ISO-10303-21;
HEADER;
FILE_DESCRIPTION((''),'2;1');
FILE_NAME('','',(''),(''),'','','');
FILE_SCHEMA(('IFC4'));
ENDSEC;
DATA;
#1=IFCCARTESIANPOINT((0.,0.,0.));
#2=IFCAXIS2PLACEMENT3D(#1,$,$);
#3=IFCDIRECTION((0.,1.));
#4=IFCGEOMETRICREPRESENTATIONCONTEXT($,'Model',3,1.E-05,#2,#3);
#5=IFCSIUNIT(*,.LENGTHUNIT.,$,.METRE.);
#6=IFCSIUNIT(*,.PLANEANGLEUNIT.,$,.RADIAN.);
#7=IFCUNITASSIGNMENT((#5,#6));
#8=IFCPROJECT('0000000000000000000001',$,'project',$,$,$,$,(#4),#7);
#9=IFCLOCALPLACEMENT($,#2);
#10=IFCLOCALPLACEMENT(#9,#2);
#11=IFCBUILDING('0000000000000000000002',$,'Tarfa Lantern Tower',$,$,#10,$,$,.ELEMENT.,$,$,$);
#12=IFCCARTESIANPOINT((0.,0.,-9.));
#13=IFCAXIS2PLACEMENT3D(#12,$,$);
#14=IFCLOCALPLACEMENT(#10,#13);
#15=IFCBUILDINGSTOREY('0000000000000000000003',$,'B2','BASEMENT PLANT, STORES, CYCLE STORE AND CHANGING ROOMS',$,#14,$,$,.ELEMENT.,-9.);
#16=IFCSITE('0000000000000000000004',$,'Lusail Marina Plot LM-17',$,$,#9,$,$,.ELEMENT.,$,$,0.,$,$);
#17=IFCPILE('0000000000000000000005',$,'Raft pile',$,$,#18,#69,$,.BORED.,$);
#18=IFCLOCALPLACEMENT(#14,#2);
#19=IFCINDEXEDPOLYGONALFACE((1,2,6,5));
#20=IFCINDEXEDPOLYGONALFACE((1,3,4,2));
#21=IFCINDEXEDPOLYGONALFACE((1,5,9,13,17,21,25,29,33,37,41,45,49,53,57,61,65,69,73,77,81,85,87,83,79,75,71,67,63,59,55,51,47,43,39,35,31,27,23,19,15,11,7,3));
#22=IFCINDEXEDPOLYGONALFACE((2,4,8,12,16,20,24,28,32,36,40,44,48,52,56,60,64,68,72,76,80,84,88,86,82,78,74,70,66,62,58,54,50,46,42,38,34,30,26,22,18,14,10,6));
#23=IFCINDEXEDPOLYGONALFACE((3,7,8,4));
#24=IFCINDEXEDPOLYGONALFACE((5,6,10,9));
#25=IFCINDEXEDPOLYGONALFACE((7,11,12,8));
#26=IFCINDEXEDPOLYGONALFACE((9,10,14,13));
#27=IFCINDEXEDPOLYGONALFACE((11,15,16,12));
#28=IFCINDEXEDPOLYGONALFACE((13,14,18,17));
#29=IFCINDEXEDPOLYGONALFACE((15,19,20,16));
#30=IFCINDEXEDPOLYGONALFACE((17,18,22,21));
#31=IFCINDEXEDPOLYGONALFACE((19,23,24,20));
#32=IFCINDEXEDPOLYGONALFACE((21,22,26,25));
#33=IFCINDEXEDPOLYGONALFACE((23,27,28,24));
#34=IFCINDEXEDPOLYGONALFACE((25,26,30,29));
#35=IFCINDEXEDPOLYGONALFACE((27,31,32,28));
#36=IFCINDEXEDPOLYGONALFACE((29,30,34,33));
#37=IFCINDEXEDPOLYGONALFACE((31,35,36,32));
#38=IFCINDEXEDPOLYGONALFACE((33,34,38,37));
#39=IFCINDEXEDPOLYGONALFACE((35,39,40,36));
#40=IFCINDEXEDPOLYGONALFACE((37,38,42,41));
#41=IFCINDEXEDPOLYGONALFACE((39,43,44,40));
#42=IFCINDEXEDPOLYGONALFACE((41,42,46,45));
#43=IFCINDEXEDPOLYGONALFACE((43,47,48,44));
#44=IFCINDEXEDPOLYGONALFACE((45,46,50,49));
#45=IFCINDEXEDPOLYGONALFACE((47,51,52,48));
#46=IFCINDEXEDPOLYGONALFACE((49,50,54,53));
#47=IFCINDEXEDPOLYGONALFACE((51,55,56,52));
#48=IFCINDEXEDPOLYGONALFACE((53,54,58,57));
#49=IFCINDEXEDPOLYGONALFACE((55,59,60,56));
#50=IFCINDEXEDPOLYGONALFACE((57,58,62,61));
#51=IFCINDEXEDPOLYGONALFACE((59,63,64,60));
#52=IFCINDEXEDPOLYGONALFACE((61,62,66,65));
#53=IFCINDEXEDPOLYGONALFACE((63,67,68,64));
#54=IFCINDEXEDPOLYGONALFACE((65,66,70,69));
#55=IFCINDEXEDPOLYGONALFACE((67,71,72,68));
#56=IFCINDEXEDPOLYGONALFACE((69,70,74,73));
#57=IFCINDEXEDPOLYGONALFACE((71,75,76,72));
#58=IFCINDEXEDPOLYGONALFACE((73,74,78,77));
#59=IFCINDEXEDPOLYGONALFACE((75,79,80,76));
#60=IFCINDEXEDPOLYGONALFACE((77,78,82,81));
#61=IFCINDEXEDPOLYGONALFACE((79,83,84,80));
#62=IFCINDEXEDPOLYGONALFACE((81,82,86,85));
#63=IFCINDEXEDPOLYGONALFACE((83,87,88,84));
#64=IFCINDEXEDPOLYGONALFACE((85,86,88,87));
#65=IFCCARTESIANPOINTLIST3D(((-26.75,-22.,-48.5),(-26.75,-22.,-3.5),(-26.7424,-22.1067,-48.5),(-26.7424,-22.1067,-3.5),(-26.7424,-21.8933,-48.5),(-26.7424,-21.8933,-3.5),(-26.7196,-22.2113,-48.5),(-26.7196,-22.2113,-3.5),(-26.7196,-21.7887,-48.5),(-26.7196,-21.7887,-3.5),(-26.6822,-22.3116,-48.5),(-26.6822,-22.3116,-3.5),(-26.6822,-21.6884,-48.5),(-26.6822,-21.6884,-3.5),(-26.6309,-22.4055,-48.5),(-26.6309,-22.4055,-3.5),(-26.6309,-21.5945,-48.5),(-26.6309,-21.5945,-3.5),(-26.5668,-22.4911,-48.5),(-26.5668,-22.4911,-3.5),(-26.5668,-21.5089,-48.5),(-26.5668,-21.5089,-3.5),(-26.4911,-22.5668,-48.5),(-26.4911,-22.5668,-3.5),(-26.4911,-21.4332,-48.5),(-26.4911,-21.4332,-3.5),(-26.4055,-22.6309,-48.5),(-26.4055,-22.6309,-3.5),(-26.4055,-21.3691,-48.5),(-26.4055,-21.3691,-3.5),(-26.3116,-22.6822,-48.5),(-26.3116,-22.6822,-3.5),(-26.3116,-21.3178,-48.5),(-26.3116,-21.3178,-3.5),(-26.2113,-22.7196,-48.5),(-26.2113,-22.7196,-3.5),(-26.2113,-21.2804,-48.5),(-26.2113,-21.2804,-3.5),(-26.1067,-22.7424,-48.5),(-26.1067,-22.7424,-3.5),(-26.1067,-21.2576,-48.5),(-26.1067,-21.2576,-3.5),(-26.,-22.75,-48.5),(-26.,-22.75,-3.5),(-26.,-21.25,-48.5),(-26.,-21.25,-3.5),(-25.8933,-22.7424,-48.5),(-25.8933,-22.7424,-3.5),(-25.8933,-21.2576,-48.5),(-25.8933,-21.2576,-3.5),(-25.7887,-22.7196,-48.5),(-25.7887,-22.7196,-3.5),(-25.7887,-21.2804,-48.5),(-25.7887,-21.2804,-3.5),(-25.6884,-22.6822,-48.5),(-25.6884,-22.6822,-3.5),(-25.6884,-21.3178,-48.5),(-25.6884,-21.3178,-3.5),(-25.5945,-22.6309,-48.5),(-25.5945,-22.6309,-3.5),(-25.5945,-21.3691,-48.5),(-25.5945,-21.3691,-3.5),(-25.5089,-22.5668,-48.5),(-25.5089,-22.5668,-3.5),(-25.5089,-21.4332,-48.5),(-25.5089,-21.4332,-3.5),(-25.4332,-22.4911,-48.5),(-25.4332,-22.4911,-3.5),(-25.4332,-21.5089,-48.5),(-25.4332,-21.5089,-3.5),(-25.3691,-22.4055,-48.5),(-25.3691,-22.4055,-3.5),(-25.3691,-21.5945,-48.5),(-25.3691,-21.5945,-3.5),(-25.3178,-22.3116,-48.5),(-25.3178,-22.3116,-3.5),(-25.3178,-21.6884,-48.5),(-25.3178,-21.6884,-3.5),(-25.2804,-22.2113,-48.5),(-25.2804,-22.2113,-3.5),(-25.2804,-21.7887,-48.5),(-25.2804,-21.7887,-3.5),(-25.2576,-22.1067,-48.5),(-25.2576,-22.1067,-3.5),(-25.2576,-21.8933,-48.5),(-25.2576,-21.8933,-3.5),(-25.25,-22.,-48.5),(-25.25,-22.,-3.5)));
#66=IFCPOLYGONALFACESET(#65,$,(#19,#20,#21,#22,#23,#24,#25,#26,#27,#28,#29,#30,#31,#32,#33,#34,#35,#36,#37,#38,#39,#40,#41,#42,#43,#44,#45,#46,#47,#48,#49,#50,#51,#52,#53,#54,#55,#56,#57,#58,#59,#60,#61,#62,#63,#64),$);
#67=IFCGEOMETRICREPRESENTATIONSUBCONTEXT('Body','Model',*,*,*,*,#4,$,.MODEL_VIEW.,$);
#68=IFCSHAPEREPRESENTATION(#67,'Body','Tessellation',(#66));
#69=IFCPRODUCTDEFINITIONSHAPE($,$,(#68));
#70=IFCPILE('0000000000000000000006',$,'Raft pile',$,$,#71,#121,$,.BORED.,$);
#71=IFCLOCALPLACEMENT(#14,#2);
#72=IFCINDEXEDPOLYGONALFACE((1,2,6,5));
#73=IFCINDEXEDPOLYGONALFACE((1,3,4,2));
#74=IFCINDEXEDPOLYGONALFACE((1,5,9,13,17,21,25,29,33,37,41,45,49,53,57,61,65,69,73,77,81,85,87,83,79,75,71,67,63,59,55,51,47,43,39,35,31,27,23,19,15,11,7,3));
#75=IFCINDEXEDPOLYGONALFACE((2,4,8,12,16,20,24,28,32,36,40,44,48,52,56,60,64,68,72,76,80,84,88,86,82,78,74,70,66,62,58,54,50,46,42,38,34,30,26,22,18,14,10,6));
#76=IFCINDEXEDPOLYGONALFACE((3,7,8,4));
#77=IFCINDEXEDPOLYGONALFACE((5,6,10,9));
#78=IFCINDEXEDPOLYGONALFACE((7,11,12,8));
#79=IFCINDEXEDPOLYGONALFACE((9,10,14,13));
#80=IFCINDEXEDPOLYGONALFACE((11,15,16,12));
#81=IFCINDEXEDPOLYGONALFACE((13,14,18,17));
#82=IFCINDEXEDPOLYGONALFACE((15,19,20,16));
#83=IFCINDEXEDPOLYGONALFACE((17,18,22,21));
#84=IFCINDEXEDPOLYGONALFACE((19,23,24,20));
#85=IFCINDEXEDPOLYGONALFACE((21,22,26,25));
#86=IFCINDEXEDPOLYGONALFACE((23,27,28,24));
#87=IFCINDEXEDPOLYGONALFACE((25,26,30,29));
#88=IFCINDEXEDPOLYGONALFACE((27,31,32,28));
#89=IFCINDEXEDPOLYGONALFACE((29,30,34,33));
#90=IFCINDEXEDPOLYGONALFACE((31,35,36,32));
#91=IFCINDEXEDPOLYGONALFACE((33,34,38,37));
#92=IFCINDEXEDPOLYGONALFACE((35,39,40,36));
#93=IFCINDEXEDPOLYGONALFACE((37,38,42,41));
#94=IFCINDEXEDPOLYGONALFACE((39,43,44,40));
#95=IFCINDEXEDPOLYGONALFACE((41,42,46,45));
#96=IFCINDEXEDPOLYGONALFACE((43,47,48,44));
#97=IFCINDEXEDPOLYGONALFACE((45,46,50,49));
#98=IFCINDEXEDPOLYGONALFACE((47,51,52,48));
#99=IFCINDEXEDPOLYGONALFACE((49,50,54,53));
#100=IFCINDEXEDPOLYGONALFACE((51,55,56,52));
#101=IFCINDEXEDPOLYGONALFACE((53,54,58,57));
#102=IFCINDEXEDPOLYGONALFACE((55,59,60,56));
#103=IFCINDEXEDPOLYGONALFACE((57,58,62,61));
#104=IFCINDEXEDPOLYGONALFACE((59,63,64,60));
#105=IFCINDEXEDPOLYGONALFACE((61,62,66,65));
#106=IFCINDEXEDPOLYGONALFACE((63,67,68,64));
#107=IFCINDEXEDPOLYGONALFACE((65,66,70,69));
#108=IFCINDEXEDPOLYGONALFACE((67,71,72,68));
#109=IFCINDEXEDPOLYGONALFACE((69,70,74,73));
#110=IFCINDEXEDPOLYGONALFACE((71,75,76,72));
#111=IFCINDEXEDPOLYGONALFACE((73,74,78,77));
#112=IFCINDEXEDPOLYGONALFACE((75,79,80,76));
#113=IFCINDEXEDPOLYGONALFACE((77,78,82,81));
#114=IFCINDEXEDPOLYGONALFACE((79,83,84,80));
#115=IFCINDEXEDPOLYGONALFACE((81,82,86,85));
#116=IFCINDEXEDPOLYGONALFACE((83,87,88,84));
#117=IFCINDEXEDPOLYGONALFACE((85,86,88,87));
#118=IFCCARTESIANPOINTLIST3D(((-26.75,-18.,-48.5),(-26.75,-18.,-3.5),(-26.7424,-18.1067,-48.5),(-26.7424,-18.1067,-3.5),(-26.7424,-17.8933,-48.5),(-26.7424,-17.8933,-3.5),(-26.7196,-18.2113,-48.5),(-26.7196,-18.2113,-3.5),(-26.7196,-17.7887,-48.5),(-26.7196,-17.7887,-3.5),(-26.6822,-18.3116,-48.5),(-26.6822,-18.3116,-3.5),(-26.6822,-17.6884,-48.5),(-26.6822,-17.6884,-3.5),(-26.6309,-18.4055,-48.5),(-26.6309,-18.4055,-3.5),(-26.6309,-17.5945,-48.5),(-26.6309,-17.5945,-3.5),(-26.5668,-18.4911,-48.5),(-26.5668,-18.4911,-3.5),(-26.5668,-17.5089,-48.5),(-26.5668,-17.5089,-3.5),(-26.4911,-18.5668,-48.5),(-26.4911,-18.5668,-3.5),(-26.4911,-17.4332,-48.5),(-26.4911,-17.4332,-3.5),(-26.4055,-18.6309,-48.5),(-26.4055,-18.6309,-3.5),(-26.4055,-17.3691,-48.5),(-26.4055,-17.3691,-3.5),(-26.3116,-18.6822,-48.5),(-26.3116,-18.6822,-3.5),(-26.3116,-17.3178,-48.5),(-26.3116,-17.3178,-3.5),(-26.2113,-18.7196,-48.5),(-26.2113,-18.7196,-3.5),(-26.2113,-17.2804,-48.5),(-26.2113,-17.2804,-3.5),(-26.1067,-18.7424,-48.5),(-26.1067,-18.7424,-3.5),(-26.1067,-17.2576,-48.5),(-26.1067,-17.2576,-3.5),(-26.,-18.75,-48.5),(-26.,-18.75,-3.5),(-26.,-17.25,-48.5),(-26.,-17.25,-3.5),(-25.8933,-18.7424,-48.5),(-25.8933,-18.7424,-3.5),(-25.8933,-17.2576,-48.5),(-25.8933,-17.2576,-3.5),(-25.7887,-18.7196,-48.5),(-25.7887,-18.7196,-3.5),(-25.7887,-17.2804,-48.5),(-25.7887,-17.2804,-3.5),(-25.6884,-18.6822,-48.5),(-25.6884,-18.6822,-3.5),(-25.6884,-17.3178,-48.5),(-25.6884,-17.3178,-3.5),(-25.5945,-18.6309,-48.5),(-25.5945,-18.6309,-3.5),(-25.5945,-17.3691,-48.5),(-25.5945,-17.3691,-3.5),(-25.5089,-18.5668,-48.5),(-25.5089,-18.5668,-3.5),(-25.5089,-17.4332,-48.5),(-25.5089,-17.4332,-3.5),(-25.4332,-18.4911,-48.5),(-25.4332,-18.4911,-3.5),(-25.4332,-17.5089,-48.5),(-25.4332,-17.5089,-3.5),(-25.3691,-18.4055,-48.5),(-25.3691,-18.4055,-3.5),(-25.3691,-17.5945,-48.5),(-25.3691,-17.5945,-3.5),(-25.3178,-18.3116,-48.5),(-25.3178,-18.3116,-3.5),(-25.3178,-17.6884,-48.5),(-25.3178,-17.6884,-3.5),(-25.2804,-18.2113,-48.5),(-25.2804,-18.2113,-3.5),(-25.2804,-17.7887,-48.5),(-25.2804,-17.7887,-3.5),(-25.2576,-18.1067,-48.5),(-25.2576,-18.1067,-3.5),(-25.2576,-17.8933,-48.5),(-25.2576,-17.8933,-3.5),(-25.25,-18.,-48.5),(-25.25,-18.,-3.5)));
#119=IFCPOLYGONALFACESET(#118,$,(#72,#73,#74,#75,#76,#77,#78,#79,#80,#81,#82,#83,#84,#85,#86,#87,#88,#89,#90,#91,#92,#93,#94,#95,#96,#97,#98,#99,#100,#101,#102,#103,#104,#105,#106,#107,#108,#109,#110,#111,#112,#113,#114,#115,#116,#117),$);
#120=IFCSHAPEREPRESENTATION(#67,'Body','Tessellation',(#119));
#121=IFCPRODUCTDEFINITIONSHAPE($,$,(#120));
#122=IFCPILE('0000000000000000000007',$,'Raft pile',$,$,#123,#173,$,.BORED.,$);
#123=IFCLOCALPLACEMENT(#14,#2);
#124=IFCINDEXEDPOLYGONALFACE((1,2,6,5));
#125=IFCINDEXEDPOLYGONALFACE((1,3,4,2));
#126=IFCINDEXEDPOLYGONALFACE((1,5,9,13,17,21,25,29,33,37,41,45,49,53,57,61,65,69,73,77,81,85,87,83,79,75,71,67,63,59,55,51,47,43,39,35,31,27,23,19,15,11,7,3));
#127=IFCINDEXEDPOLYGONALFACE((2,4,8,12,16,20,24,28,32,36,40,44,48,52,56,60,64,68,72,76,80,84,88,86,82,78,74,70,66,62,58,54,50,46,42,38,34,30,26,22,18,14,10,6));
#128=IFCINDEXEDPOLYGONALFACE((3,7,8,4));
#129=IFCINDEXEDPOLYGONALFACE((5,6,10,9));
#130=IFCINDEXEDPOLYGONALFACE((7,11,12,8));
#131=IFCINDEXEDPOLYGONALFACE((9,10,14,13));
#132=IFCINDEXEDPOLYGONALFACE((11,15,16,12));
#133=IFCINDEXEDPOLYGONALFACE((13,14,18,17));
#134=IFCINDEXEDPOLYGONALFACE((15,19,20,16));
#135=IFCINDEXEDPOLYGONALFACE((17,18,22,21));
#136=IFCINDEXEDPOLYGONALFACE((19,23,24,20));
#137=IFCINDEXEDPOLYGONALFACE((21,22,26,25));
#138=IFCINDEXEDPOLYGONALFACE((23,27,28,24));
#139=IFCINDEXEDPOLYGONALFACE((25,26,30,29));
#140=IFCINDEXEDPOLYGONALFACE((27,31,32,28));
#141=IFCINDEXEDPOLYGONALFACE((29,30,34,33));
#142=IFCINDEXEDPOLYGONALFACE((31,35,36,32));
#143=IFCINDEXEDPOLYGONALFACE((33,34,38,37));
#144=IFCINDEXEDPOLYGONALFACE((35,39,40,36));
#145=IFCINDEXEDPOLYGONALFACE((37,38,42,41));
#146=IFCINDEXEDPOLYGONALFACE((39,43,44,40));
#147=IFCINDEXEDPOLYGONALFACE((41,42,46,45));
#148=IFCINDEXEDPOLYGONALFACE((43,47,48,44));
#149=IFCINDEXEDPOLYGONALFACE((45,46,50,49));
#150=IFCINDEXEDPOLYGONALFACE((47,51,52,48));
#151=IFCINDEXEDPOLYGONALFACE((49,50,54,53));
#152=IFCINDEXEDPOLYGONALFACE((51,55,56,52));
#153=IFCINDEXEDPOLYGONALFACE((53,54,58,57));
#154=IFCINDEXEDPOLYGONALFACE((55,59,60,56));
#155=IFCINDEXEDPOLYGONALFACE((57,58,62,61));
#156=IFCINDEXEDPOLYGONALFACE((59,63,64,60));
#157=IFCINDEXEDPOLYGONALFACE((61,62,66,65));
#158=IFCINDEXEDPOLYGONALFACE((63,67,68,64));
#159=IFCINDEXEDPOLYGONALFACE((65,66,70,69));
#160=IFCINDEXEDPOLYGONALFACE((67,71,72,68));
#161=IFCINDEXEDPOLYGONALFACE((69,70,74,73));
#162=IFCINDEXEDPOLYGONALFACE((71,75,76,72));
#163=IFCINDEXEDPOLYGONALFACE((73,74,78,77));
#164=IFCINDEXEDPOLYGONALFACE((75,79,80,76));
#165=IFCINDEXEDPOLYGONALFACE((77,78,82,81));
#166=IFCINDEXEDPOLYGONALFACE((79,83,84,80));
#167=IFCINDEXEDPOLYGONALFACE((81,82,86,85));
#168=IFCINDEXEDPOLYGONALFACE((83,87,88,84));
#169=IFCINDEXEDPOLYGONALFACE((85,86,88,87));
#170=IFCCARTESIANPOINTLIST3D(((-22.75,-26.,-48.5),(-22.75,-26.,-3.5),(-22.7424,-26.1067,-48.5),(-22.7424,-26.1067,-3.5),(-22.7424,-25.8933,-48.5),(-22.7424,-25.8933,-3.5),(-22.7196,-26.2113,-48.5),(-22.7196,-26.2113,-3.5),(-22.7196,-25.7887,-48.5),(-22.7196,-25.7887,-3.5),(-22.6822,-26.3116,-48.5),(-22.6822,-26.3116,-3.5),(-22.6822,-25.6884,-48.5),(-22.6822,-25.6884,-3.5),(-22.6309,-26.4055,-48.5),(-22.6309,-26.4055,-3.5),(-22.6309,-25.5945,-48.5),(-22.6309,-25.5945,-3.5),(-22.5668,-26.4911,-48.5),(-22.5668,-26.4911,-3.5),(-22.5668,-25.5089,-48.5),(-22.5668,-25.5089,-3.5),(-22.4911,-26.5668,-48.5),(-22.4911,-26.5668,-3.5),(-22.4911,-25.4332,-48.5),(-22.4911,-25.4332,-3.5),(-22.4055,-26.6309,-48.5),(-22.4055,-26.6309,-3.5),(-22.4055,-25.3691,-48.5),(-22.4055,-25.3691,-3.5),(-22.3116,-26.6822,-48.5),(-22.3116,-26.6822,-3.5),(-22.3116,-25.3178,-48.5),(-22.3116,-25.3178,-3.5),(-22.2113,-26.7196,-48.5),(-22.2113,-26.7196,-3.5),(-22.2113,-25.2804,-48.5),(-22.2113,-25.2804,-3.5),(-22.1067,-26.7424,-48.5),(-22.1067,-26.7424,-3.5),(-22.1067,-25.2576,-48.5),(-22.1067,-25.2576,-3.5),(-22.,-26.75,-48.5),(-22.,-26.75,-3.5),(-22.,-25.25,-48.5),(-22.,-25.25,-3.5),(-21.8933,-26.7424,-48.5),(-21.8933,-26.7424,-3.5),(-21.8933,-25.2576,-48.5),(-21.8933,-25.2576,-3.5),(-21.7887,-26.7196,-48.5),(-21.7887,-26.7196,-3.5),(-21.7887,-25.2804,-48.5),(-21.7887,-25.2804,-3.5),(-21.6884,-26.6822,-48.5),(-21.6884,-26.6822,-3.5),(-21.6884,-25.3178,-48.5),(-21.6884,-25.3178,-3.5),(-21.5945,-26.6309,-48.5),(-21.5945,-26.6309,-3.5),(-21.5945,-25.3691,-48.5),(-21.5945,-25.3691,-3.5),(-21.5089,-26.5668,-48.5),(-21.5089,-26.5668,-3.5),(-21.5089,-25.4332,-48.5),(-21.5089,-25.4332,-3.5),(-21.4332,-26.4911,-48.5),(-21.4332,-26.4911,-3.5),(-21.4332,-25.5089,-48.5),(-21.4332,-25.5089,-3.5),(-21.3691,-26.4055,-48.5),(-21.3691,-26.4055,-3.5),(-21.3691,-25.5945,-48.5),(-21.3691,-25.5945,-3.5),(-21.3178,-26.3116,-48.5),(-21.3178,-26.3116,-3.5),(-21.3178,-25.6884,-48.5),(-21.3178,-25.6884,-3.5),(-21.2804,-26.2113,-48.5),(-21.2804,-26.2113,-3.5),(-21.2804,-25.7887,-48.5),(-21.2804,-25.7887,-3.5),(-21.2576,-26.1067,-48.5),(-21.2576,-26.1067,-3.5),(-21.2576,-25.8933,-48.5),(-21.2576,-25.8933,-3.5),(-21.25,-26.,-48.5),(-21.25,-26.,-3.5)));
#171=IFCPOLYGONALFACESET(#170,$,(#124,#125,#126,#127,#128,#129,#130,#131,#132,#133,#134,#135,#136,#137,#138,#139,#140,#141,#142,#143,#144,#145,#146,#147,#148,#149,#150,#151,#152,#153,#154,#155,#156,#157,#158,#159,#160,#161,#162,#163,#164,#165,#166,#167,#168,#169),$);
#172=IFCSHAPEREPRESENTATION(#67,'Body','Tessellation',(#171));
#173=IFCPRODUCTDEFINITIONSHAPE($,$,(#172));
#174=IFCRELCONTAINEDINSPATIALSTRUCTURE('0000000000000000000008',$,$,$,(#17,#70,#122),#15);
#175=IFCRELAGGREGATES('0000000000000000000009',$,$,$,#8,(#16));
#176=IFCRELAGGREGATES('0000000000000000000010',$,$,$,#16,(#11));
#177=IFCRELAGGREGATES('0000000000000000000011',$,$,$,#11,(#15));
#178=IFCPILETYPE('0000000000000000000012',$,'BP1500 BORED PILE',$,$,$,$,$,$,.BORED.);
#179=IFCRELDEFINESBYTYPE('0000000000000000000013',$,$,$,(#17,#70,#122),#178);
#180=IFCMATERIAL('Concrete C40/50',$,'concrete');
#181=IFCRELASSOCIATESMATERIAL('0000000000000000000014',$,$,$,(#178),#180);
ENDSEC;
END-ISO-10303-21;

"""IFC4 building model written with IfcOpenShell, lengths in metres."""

from ifc_helpers import new_model, si_unit, direction, frame, origin, origin_2d, place, context, subcontext, project, spatial, circle, extrude, material, material_profile, profile_set, type_object, element, save


model = new_model("IFC4")

# Units and contexts
model_context = context("Model", 3, precision=1e-05, world=origin(), true_north=direction((0.0, 1.0)))
body_context = subcontext(model_context, "Body", "Model", "MODEL_VIEW")
ifc_project = project(units=[si_unit("LENGTHUNIT", "METRE"), si_unit("PLANEANGLEUNIT", "RADIAN")], contexts=[model_context])

# Site, building, storey
site_placement = place(None, origin())
site = spatial("IfcSite", under=ifc_project, at=site_placement, Name="Lusail Marina Plot LM-17", CompositionType="ELEMENT", RefElevation=0.0)
building_placement = place(site_placement, origin())
building = spatial("IfcBuilding", under=site, at=building_placement, Name="Tarfa Lantern Tower", CompositionType="ELEMENT")
storey_placement = place(building_placement, frame((0.0, 0.0, -9.0)))
storey = spatial("IfcBuildingStorey", under=building, at=storey_placement, Name="B2", Description="BASEMENT PLANT, STORES, CYCLE STORE AND CHANGING ROOMS", CompositionType="ELEMENT", Elevation=-9.0)

# Piles
ifc_material_1 = material(Name="Concrete C40/50", Category="concrete")
ifc_material_profile_1 = material_profile(ifc_material_1, circle(Radius=0.75, at=origin_2d()), Name="BORED PILE D1500")
ifc_profile_set_1 = profile_set([ifc_material_profile_1], Name="Concrete C40/50")
pile_type_1 = type_object("IfcPileType", Name="BP1500 BORED PILE", PredefinedType="BORED", material=ifc_profile_set_1)
for number, where, z_axis, x_axis, name in (
    (1, (-26.0, -22.0, -3.5), (0.0, 0.0, -1.0), (1.0, 0.0, 0.0), "Raft pile"),
    (2, (-26.0, -18.0, -3.5), (0.0, 0.0, -1.0), (1.0, 0.0, 0.0), "Raft pile"),
    (3, (-22.0, -26.0, -3.5), (0.0, 0.0, -1.0), (1.0, 0.0, 0.0), "Raft pile"),
):
    element("IfcPile", number, at=place(storey_placement, frame(where, z_axis=z_axis, x_axis=x_axis)), inside=storey, type_object=pile_type_1, Name=name, PredefinedType="BORED", context=body_context, shape_type="SweptSolid", body=[
        extrude(circle(Radius=0.75, at=origin_2d()), origin(), (0.0, 0.0, 1.0), 45.0),
    ])

save(model, "model.ifc")
